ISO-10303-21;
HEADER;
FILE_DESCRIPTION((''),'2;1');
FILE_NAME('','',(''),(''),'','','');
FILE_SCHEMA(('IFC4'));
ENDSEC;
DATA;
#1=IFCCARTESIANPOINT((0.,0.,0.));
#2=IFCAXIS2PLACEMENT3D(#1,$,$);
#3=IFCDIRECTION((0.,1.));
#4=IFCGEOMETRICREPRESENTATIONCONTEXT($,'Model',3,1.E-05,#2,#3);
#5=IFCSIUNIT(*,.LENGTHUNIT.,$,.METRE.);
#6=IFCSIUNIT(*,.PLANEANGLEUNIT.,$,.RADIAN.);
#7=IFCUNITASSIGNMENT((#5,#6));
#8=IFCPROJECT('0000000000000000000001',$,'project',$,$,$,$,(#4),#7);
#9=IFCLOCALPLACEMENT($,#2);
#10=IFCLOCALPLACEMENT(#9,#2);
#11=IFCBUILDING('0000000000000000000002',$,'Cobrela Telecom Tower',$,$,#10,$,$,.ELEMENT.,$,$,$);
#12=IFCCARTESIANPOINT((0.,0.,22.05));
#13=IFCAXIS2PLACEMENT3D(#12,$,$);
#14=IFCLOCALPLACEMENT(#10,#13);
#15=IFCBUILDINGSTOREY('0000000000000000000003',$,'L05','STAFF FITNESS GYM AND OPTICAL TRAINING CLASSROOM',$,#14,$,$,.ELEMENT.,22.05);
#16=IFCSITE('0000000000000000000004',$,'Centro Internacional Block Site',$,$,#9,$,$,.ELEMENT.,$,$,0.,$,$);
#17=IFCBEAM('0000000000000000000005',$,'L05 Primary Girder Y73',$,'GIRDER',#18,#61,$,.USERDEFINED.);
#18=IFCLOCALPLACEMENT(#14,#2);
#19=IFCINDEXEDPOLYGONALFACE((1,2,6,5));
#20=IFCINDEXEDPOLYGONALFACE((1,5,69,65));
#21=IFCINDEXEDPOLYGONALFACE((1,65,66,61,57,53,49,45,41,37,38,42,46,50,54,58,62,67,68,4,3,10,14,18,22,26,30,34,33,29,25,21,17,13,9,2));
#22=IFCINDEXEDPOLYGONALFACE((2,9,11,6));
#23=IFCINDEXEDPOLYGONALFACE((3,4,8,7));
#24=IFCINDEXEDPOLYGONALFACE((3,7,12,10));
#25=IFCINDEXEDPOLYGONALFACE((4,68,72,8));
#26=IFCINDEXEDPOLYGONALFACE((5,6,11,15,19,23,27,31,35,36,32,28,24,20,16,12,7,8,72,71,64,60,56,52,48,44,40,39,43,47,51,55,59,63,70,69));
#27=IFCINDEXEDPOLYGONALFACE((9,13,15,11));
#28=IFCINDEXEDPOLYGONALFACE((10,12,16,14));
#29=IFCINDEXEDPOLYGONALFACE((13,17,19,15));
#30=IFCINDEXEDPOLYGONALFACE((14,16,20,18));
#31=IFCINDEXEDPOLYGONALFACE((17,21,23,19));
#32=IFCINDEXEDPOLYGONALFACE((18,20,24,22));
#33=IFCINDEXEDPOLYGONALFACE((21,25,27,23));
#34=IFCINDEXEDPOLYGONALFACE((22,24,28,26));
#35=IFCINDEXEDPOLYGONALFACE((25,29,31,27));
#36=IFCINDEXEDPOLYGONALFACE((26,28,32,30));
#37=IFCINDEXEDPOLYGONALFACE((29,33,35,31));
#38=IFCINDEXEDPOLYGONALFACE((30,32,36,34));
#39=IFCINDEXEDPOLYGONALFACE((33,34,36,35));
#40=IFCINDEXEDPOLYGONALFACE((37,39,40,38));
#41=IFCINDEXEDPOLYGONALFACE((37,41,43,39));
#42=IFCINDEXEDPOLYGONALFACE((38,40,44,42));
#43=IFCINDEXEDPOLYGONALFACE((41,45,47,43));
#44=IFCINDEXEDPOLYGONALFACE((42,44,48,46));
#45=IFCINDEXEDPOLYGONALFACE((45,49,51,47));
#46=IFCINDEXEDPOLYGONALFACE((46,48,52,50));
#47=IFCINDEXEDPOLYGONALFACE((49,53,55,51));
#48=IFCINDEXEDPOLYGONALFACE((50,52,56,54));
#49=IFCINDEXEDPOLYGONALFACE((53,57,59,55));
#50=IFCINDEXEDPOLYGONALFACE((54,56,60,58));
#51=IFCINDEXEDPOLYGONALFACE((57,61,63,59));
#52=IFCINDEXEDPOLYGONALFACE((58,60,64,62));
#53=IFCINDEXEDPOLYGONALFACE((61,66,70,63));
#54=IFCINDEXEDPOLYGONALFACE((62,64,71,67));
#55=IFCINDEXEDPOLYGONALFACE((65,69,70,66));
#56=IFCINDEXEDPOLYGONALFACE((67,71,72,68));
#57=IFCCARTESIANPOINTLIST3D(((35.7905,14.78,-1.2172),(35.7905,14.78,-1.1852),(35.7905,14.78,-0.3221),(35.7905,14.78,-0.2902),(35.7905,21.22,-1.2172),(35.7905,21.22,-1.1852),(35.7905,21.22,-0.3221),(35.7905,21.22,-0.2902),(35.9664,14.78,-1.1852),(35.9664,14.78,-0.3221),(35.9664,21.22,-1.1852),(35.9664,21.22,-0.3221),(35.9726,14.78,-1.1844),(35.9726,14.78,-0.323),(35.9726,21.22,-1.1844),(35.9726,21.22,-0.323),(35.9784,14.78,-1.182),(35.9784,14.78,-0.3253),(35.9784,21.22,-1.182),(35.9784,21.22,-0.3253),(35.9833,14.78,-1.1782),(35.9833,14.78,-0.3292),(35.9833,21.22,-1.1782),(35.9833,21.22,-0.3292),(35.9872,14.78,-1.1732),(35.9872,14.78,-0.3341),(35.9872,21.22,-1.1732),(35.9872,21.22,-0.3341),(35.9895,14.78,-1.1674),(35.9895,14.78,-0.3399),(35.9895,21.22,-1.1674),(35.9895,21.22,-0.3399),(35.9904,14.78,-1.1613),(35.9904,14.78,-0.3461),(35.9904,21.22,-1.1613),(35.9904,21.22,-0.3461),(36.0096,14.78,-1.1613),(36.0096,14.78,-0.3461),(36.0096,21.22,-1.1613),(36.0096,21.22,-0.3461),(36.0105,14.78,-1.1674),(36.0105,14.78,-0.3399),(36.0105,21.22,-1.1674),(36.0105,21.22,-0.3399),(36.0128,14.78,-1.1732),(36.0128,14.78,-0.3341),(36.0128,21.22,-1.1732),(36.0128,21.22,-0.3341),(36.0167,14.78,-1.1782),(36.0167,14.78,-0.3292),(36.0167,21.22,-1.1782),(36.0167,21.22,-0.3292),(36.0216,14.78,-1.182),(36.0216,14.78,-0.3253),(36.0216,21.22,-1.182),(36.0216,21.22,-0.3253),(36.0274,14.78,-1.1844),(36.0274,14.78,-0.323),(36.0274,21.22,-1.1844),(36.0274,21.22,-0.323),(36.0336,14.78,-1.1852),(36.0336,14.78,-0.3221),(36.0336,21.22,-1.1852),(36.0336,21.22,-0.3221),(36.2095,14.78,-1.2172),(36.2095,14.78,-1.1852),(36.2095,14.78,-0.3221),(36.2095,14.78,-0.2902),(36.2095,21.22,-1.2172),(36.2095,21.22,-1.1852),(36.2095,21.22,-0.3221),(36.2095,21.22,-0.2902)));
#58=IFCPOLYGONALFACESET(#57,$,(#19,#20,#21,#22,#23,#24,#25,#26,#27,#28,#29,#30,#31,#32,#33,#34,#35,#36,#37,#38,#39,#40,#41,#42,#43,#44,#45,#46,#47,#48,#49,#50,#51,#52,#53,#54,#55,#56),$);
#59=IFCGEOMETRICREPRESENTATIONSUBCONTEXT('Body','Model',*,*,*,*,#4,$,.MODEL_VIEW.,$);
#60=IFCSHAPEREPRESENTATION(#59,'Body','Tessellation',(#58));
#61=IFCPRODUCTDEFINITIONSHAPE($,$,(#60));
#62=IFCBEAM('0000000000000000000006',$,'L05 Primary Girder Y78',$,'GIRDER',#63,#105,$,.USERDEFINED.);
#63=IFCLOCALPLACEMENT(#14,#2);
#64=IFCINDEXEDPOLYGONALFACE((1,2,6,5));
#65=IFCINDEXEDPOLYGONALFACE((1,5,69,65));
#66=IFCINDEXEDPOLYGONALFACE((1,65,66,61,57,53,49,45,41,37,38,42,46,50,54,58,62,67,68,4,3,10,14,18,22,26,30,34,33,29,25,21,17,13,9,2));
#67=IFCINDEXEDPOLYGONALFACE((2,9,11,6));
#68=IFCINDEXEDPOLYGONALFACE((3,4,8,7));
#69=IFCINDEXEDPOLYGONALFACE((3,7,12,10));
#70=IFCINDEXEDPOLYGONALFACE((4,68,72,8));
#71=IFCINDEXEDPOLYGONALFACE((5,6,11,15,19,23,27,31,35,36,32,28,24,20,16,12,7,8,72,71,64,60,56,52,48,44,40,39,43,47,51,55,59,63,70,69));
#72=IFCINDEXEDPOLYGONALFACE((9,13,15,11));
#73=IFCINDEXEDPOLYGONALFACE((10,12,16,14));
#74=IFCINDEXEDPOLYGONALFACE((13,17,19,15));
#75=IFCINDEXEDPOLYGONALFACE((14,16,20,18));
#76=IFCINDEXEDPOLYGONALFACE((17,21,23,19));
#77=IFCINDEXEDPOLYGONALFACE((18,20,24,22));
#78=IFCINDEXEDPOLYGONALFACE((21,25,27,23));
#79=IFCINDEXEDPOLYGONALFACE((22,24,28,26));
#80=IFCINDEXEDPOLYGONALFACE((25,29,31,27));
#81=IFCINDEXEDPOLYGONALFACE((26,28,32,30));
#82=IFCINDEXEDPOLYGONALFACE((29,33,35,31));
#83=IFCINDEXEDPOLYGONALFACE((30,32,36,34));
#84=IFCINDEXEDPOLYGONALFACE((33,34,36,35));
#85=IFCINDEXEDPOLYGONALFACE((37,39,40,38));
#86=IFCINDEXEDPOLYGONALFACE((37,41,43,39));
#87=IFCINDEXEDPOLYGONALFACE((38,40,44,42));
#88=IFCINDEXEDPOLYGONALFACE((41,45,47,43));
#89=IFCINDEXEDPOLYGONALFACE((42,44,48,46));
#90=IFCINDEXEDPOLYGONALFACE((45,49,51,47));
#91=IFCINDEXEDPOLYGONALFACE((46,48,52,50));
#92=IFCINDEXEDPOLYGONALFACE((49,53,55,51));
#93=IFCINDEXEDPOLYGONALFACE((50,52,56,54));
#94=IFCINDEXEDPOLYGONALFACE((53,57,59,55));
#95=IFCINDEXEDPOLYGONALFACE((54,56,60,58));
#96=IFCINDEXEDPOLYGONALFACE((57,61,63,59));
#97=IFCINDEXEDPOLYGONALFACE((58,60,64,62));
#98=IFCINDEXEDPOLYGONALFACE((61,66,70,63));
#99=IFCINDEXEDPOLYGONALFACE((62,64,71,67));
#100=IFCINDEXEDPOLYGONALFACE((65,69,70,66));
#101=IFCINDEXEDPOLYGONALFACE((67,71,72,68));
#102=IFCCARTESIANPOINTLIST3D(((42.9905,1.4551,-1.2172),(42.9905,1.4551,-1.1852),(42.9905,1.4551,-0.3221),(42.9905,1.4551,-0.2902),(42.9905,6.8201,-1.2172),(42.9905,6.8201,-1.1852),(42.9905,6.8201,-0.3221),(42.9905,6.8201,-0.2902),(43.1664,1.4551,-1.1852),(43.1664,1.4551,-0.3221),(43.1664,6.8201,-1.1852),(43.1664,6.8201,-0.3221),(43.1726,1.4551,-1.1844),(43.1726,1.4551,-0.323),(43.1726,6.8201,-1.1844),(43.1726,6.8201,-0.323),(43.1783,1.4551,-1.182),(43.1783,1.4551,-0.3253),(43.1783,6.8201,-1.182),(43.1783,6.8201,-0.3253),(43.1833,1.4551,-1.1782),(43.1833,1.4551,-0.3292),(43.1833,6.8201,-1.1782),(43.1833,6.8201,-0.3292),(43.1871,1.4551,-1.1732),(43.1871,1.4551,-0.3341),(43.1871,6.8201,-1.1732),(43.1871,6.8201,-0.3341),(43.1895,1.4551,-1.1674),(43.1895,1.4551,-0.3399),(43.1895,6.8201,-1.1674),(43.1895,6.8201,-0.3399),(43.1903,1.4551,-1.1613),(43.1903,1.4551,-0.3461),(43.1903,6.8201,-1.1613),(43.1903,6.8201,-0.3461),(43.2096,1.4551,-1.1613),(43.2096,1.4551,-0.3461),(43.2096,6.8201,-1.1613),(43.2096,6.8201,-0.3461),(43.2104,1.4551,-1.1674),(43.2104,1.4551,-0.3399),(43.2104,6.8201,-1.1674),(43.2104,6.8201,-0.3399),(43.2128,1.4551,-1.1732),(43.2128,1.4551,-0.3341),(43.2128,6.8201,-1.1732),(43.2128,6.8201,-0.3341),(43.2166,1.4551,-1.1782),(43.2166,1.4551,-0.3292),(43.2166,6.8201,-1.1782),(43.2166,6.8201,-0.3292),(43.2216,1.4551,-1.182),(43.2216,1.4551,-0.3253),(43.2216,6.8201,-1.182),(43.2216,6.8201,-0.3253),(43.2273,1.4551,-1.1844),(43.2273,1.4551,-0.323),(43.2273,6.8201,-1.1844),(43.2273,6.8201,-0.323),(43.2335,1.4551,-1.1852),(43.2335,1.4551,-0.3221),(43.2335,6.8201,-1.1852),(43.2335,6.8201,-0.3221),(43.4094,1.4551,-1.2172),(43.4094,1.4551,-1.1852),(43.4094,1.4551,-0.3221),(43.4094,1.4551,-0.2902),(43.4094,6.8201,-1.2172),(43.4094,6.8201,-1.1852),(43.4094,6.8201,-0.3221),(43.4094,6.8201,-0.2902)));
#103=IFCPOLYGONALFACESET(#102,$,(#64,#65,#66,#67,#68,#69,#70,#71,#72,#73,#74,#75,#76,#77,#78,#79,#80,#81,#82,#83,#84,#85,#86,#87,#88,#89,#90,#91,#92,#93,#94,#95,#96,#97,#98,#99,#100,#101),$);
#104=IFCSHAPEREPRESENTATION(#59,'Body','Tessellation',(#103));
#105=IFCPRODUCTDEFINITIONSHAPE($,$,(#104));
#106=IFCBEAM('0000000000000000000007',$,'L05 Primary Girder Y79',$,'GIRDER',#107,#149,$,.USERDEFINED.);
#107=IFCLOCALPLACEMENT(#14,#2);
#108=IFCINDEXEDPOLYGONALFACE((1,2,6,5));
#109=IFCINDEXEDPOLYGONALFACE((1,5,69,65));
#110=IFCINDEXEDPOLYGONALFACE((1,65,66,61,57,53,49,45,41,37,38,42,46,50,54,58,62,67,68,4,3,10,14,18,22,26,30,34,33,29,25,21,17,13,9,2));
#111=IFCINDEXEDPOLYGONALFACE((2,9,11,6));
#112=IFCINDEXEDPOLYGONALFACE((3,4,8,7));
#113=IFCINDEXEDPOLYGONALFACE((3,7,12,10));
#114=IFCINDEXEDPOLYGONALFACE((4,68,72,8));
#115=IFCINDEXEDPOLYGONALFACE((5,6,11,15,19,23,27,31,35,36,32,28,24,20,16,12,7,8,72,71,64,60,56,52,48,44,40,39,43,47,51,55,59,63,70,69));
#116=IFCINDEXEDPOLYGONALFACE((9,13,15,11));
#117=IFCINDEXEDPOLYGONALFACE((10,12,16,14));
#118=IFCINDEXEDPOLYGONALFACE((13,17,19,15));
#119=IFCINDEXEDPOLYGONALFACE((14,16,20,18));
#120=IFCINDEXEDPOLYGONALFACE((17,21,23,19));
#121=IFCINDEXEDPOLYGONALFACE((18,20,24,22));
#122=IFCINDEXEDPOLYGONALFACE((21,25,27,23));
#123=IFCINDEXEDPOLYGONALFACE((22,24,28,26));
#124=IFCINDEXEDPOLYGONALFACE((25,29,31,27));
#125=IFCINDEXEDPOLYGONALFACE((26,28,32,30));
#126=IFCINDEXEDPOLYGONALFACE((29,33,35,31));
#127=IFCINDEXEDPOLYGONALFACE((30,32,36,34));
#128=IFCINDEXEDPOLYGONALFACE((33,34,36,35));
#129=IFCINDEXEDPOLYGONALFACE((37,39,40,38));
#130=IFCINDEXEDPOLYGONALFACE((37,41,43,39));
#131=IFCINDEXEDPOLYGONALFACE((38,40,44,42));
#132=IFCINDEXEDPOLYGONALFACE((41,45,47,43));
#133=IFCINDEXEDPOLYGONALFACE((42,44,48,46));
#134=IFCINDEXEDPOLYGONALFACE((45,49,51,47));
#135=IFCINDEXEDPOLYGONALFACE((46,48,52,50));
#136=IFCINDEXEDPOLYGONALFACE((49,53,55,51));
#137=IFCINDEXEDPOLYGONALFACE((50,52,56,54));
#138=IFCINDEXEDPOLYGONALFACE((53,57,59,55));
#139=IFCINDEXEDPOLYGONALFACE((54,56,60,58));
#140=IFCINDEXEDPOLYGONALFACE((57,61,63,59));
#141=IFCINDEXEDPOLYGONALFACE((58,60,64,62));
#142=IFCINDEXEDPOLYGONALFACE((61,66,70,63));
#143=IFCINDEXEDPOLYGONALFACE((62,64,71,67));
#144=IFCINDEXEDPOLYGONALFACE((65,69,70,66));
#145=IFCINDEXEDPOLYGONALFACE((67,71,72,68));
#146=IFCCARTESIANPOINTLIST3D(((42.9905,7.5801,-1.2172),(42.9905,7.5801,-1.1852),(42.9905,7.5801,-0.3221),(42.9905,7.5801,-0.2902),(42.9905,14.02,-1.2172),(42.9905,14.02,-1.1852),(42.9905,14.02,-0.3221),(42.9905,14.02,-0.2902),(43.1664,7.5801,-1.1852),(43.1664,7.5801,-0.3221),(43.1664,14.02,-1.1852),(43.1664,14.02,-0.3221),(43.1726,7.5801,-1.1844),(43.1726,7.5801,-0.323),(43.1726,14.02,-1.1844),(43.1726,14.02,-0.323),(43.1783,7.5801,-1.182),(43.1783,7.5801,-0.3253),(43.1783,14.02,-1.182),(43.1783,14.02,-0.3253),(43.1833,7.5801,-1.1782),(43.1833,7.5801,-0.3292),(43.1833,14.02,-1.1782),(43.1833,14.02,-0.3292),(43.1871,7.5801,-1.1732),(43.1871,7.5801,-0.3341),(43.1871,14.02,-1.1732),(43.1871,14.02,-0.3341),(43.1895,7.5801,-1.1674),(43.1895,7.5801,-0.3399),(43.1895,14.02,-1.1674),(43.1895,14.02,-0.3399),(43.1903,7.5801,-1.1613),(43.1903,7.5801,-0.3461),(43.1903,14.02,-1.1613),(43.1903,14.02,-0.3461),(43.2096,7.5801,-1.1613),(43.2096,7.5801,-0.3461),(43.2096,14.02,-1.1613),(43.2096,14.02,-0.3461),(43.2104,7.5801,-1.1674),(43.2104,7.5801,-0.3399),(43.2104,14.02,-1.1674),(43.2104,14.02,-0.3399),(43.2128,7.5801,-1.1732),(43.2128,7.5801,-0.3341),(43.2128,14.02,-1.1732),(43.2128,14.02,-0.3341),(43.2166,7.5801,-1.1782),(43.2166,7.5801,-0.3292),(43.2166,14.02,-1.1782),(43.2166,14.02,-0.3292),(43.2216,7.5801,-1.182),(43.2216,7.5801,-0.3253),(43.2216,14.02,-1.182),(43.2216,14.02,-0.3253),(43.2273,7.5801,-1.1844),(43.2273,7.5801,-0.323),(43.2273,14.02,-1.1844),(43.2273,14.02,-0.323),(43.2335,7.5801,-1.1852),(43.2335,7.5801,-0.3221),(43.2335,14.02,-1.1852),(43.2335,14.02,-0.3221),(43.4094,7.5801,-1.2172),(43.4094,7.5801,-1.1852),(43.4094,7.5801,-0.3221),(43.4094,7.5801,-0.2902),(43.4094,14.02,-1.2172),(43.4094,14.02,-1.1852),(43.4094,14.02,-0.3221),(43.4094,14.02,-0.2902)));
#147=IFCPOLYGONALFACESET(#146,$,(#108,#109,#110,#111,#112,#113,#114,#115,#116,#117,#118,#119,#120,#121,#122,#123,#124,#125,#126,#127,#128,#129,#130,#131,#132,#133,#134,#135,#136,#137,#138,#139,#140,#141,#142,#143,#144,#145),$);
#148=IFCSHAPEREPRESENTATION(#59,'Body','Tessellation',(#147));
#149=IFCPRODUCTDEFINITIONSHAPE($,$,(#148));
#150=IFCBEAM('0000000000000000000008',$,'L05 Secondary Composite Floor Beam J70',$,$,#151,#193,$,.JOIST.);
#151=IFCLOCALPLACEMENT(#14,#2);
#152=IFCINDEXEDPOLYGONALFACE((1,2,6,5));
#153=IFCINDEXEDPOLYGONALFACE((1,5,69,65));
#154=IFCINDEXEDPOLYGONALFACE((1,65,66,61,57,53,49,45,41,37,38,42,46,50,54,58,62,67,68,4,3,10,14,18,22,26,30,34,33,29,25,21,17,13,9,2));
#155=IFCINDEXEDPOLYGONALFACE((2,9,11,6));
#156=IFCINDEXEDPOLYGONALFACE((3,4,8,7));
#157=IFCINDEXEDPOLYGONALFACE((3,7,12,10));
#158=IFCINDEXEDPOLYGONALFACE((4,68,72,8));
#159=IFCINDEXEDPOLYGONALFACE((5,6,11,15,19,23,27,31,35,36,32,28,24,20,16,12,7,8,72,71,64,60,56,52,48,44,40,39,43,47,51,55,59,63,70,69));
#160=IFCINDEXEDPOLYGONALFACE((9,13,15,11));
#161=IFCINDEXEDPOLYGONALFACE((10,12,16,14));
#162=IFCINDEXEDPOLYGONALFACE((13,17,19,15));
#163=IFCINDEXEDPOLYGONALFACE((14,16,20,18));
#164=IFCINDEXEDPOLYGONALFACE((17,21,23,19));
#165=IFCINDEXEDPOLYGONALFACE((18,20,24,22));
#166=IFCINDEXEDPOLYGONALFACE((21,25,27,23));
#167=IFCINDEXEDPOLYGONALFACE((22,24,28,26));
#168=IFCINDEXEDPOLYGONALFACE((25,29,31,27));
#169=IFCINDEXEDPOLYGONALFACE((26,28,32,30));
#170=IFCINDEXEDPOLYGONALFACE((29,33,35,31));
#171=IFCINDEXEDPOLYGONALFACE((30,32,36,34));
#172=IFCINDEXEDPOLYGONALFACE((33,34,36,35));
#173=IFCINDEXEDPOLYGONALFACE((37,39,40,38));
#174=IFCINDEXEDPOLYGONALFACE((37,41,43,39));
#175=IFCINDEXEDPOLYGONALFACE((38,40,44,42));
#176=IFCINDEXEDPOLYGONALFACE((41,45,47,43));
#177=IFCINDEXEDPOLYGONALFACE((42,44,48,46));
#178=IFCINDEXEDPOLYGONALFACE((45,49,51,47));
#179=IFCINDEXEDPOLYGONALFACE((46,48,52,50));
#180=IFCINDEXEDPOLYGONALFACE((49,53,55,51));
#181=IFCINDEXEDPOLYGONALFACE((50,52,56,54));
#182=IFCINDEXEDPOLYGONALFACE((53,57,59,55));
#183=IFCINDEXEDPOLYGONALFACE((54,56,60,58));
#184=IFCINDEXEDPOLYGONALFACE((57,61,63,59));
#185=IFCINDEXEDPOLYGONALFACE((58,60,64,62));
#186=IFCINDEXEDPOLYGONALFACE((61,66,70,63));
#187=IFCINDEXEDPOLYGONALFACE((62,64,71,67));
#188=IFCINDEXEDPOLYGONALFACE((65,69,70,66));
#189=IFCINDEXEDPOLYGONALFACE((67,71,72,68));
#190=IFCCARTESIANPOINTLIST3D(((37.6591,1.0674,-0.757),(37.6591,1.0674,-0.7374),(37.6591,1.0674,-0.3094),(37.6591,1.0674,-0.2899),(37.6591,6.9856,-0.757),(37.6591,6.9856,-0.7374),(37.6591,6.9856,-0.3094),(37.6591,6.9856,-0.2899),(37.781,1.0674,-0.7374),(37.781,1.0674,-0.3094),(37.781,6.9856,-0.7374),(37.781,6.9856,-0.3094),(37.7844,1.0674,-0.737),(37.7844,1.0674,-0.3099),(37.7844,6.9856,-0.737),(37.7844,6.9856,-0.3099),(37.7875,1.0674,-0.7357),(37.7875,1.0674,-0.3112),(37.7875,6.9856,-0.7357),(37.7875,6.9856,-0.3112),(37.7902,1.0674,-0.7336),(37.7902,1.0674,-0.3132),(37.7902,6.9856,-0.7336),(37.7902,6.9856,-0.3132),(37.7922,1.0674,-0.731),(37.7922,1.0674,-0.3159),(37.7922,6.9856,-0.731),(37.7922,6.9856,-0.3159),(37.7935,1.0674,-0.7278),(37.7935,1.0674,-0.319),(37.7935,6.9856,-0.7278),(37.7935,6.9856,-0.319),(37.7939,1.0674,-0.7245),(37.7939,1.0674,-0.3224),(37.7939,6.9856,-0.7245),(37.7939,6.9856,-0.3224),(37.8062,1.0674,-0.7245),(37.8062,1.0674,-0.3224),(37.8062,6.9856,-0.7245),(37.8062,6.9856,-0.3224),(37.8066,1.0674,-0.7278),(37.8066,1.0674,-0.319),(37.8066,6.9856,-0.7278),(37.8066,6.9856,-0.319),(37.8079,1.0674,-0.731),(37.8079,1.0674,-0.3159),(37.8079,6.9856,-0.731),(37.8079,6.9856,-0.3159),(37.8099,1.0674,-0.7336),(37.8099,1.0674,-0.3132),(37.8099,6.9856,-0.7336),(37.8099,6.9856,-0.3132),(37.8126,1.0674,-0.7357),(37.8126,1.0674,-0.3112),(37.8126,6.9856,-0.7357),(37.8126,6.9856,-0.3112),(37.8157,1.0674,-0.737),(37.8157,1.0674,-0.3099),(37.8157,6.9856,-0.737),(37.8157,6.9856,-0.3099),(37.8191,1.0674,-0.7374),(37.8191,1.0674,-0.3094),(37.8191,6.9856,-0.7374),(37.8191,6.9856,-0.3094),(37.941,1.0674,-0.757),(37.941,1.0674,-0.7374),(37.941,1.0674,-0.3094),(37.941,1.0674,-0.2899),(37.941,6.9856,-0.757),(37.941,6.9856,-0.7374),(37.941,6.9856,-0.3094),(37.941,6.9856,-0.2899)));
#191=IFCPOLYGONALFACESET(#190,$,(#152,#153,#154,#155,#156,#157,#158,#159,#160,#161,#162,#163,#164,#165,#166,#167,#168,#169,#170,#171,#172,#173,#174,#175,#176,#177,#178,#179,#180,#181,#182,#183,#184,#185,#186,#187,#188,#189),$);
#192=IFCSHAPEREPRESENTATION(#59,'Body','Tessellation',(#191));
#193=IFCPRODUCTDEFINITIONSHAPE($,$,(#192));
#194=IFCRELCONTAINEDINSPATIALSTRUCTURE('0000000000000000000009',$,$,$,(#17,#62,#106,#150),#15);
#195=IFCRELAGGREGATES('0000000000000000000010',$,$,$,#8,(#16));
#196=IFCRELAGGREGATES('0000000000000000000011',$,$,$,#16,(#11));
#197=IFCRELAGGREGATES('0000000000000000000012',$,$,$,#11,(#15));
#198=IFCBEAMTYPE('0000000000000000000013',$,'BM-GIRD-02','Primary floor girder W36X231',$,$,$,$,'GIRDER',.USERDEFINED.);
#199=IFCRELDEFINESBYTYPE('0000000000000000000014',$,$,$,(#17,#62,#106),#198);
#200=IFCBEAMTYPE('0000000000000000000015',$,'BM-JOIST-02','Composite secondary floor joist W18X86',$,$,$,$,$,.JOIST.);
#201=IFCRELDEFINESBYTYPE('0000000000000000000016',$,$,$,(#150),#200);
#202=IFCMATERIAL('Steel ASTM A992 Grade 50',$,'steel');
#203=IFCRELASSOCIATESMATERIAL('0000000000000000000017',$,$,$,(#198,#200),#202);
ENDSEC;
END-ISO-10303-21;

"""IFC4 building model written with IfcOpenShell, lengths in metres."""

from ifc_helpers import new_model, si_unit, direction, frame, origin, origin_2d, place, context, subcontext, project, spatial, i_section, extrude, material, material_profile, profile_set, type_object, element, save


model = new_model("IFC4")

# Units and contexts
model_context = context("Model", 3, precision=1e-05, world=origin(), true_north=direction((0.0, 1.0)))
body_context = subcontext(model_context, "Body", "Model", "MODEL_VIEW")
ifc_project = project(units=[si_unit("LENGTHUNIT", "METRE"), si_unit("PLANEANGLEUNIT", "RADIAN")], contexts=[model_context])

# Site, building, storey
site_placement = place(None, origin())
site = spatial("IfcSite", under=ifc_project, at=site_placement, Name="Centro Internacional Block Site", CompositionType="ELEMENT", RefElevation=0.0)
building_placement = place(site_placement, origin())
building = spatial("IfcBuilding", under=site, at=building_placement, Name="Cobrela Telecom Tower", CompositionType="ELEMENT")
storey_placement = place(building_placement, frame((0.0, 0.0, 22.05)))
storey = spatial("IfcBuildingStorey", under=building, at=storey_placement, Name="L05", Description="STAFF FITNESS GYM AND OPTICAL TRAINING CLASSROOM", CompositionType="ELEMENT", Elevation=22.05)

# Beams
ifc_material_1 = material(Name="Steel ASTM A992 Grade 50", Category="steel")
ifc_material_profile_1 = material_profile(ifc_material_1, i_section(OverallWidth=0.4189, OverallDepth=0.927, WebThickness=0.0193, FlangeThickness=0.032, FilletRadius=0.0239, at=origin_2d()), Name="W36X231")
ifc_profile_set_1 = profile_set([ifc_material_profile_1], Name="Steel ASTM A992 Grade 50")
beam_type_1 = type_object("IfcBeamType", Name="BM-GIRD-02", Description="Primary floor girder W36X231", ElementType="GIRDER", PredefinedType="USERDEFINED", material=ifc_profile_set_1)
for number, where, z_axis, x_axis, name in (
    (1, (36.0, 14.78, -0.7537), (0.0, 1.0, 0.0), (-1.0, 0.0, 0.0), "L05 Primary Girder Y73"),
):
    element("IfcBeam", number, at=place(storey_placement, frame(where, z_axis=z_axis, x_axis=x_axis)), inside=storey, type_object=beam_type_1, Name=name, ObjectType="GIRDER", PredefinedType="USERDEFINED", context=body_context, shape_type="SweptSolid", body=[
        extrude(i_section(OverallWidth=0.4189, OverallDepth=0.927, WebThickness=0.0193, FlangeThickness=0.032, FilletRadius=0.0239, at=origin_2d()), origin(), (0.0, 0.0, 1.0), 6.4399),
    ])
beam_1_placement = place(storey_placement, frame((43.2, 1.4551, -0.7537), z_axis=(0.0, 1.0, 0.0), x_axis=(-1.0, 0.0, 0.0)))
element("IfcBeam", 2, at=beam_1_placement, inside=storey, type_object=beam_type_1, Name="L05 Primary Girder Y78", ObjectType="GIRDER", PredefinedType="USERDEFINED", context=body_context, shape_type="SweptSolid", body=[
    extrude(i_section(OverallWidth=0.4189, OverallDepth=0.927, WebThickness=0.0193, FlangeThickness=0.032, FilletRadius=0.0239, at=origin_2d()), origin(), (0.0, 0.0, 1.0), 5.365),
])
beam_2_placement = place(storey_placement, frame((43.2, 7.5801, -0.7537), z_axis=(0.0, 1.0, 0.0), x_axis=(-1.0, 0.0, 0.0)))
element("IfcBeam", 3, at=beam_2_placement, inside=storey, type_object=beam_type_1, Name="L05 Primary Girder Y79", ObjectType="GIRDER", PredefinedType="USERDEFINED", context=body_context, shape_type="SweptSolid", body=[
    extrude(i_section(OverallWidth=0.4189, OverallDepth=0.927, WebThickness=0.0193, FlangeThickness=0.032, FilletRadius=0.0239, at=origin_2d()), origin(), (0.0, 0.0, 1.0), 6.4399),
])
ifc_material_profile_2 = material_profile(ifc_material_1, i_section(OverallWidth=0.282, OverallDepth=0.467, WebThickness=0.0122, FlangeThickness=0.0195, FilletRadius=0.0129, at=origin_2d()), Name="W18X86")
ifc_profile_set_2 = profile_set([ifc_material_profile_2], Name="Steel ASTM A992 Grade 50")
beam_type_2 = type_object("IfcBeamType", Name="BM-JOIST-02", Description="Composite secondary floor joist W18X86", PredefinedType="JOIST", material=ifc_profile_set_2)
beam_3_placement = place(storey_placement, frame((37.8, 1.0674, -0.5234), z_axis=(0.0, 1.0, 0.0), x_axis=(-1.0, 0.0, 0.0)))
element("IfcBeam", 4, at=beam_3_placement, inside=storey, type_object=beam_type_2, Name="L05 Secondary Composite Floor Beam J70", PredefinedType="JOIST", context=body_context, shape_type="SweptSolid", body=[
    extrude(i_section(OverallWidth=0.282, OverallDepth=0.467, WebThickness=0.0122, FlangeThickness=0.0195, FilletRadius=0.0129, at=origin_2d()), origin(), (0.0, 0.0, 1.0), 5.9182),
])

save(model, "model.ifc")
